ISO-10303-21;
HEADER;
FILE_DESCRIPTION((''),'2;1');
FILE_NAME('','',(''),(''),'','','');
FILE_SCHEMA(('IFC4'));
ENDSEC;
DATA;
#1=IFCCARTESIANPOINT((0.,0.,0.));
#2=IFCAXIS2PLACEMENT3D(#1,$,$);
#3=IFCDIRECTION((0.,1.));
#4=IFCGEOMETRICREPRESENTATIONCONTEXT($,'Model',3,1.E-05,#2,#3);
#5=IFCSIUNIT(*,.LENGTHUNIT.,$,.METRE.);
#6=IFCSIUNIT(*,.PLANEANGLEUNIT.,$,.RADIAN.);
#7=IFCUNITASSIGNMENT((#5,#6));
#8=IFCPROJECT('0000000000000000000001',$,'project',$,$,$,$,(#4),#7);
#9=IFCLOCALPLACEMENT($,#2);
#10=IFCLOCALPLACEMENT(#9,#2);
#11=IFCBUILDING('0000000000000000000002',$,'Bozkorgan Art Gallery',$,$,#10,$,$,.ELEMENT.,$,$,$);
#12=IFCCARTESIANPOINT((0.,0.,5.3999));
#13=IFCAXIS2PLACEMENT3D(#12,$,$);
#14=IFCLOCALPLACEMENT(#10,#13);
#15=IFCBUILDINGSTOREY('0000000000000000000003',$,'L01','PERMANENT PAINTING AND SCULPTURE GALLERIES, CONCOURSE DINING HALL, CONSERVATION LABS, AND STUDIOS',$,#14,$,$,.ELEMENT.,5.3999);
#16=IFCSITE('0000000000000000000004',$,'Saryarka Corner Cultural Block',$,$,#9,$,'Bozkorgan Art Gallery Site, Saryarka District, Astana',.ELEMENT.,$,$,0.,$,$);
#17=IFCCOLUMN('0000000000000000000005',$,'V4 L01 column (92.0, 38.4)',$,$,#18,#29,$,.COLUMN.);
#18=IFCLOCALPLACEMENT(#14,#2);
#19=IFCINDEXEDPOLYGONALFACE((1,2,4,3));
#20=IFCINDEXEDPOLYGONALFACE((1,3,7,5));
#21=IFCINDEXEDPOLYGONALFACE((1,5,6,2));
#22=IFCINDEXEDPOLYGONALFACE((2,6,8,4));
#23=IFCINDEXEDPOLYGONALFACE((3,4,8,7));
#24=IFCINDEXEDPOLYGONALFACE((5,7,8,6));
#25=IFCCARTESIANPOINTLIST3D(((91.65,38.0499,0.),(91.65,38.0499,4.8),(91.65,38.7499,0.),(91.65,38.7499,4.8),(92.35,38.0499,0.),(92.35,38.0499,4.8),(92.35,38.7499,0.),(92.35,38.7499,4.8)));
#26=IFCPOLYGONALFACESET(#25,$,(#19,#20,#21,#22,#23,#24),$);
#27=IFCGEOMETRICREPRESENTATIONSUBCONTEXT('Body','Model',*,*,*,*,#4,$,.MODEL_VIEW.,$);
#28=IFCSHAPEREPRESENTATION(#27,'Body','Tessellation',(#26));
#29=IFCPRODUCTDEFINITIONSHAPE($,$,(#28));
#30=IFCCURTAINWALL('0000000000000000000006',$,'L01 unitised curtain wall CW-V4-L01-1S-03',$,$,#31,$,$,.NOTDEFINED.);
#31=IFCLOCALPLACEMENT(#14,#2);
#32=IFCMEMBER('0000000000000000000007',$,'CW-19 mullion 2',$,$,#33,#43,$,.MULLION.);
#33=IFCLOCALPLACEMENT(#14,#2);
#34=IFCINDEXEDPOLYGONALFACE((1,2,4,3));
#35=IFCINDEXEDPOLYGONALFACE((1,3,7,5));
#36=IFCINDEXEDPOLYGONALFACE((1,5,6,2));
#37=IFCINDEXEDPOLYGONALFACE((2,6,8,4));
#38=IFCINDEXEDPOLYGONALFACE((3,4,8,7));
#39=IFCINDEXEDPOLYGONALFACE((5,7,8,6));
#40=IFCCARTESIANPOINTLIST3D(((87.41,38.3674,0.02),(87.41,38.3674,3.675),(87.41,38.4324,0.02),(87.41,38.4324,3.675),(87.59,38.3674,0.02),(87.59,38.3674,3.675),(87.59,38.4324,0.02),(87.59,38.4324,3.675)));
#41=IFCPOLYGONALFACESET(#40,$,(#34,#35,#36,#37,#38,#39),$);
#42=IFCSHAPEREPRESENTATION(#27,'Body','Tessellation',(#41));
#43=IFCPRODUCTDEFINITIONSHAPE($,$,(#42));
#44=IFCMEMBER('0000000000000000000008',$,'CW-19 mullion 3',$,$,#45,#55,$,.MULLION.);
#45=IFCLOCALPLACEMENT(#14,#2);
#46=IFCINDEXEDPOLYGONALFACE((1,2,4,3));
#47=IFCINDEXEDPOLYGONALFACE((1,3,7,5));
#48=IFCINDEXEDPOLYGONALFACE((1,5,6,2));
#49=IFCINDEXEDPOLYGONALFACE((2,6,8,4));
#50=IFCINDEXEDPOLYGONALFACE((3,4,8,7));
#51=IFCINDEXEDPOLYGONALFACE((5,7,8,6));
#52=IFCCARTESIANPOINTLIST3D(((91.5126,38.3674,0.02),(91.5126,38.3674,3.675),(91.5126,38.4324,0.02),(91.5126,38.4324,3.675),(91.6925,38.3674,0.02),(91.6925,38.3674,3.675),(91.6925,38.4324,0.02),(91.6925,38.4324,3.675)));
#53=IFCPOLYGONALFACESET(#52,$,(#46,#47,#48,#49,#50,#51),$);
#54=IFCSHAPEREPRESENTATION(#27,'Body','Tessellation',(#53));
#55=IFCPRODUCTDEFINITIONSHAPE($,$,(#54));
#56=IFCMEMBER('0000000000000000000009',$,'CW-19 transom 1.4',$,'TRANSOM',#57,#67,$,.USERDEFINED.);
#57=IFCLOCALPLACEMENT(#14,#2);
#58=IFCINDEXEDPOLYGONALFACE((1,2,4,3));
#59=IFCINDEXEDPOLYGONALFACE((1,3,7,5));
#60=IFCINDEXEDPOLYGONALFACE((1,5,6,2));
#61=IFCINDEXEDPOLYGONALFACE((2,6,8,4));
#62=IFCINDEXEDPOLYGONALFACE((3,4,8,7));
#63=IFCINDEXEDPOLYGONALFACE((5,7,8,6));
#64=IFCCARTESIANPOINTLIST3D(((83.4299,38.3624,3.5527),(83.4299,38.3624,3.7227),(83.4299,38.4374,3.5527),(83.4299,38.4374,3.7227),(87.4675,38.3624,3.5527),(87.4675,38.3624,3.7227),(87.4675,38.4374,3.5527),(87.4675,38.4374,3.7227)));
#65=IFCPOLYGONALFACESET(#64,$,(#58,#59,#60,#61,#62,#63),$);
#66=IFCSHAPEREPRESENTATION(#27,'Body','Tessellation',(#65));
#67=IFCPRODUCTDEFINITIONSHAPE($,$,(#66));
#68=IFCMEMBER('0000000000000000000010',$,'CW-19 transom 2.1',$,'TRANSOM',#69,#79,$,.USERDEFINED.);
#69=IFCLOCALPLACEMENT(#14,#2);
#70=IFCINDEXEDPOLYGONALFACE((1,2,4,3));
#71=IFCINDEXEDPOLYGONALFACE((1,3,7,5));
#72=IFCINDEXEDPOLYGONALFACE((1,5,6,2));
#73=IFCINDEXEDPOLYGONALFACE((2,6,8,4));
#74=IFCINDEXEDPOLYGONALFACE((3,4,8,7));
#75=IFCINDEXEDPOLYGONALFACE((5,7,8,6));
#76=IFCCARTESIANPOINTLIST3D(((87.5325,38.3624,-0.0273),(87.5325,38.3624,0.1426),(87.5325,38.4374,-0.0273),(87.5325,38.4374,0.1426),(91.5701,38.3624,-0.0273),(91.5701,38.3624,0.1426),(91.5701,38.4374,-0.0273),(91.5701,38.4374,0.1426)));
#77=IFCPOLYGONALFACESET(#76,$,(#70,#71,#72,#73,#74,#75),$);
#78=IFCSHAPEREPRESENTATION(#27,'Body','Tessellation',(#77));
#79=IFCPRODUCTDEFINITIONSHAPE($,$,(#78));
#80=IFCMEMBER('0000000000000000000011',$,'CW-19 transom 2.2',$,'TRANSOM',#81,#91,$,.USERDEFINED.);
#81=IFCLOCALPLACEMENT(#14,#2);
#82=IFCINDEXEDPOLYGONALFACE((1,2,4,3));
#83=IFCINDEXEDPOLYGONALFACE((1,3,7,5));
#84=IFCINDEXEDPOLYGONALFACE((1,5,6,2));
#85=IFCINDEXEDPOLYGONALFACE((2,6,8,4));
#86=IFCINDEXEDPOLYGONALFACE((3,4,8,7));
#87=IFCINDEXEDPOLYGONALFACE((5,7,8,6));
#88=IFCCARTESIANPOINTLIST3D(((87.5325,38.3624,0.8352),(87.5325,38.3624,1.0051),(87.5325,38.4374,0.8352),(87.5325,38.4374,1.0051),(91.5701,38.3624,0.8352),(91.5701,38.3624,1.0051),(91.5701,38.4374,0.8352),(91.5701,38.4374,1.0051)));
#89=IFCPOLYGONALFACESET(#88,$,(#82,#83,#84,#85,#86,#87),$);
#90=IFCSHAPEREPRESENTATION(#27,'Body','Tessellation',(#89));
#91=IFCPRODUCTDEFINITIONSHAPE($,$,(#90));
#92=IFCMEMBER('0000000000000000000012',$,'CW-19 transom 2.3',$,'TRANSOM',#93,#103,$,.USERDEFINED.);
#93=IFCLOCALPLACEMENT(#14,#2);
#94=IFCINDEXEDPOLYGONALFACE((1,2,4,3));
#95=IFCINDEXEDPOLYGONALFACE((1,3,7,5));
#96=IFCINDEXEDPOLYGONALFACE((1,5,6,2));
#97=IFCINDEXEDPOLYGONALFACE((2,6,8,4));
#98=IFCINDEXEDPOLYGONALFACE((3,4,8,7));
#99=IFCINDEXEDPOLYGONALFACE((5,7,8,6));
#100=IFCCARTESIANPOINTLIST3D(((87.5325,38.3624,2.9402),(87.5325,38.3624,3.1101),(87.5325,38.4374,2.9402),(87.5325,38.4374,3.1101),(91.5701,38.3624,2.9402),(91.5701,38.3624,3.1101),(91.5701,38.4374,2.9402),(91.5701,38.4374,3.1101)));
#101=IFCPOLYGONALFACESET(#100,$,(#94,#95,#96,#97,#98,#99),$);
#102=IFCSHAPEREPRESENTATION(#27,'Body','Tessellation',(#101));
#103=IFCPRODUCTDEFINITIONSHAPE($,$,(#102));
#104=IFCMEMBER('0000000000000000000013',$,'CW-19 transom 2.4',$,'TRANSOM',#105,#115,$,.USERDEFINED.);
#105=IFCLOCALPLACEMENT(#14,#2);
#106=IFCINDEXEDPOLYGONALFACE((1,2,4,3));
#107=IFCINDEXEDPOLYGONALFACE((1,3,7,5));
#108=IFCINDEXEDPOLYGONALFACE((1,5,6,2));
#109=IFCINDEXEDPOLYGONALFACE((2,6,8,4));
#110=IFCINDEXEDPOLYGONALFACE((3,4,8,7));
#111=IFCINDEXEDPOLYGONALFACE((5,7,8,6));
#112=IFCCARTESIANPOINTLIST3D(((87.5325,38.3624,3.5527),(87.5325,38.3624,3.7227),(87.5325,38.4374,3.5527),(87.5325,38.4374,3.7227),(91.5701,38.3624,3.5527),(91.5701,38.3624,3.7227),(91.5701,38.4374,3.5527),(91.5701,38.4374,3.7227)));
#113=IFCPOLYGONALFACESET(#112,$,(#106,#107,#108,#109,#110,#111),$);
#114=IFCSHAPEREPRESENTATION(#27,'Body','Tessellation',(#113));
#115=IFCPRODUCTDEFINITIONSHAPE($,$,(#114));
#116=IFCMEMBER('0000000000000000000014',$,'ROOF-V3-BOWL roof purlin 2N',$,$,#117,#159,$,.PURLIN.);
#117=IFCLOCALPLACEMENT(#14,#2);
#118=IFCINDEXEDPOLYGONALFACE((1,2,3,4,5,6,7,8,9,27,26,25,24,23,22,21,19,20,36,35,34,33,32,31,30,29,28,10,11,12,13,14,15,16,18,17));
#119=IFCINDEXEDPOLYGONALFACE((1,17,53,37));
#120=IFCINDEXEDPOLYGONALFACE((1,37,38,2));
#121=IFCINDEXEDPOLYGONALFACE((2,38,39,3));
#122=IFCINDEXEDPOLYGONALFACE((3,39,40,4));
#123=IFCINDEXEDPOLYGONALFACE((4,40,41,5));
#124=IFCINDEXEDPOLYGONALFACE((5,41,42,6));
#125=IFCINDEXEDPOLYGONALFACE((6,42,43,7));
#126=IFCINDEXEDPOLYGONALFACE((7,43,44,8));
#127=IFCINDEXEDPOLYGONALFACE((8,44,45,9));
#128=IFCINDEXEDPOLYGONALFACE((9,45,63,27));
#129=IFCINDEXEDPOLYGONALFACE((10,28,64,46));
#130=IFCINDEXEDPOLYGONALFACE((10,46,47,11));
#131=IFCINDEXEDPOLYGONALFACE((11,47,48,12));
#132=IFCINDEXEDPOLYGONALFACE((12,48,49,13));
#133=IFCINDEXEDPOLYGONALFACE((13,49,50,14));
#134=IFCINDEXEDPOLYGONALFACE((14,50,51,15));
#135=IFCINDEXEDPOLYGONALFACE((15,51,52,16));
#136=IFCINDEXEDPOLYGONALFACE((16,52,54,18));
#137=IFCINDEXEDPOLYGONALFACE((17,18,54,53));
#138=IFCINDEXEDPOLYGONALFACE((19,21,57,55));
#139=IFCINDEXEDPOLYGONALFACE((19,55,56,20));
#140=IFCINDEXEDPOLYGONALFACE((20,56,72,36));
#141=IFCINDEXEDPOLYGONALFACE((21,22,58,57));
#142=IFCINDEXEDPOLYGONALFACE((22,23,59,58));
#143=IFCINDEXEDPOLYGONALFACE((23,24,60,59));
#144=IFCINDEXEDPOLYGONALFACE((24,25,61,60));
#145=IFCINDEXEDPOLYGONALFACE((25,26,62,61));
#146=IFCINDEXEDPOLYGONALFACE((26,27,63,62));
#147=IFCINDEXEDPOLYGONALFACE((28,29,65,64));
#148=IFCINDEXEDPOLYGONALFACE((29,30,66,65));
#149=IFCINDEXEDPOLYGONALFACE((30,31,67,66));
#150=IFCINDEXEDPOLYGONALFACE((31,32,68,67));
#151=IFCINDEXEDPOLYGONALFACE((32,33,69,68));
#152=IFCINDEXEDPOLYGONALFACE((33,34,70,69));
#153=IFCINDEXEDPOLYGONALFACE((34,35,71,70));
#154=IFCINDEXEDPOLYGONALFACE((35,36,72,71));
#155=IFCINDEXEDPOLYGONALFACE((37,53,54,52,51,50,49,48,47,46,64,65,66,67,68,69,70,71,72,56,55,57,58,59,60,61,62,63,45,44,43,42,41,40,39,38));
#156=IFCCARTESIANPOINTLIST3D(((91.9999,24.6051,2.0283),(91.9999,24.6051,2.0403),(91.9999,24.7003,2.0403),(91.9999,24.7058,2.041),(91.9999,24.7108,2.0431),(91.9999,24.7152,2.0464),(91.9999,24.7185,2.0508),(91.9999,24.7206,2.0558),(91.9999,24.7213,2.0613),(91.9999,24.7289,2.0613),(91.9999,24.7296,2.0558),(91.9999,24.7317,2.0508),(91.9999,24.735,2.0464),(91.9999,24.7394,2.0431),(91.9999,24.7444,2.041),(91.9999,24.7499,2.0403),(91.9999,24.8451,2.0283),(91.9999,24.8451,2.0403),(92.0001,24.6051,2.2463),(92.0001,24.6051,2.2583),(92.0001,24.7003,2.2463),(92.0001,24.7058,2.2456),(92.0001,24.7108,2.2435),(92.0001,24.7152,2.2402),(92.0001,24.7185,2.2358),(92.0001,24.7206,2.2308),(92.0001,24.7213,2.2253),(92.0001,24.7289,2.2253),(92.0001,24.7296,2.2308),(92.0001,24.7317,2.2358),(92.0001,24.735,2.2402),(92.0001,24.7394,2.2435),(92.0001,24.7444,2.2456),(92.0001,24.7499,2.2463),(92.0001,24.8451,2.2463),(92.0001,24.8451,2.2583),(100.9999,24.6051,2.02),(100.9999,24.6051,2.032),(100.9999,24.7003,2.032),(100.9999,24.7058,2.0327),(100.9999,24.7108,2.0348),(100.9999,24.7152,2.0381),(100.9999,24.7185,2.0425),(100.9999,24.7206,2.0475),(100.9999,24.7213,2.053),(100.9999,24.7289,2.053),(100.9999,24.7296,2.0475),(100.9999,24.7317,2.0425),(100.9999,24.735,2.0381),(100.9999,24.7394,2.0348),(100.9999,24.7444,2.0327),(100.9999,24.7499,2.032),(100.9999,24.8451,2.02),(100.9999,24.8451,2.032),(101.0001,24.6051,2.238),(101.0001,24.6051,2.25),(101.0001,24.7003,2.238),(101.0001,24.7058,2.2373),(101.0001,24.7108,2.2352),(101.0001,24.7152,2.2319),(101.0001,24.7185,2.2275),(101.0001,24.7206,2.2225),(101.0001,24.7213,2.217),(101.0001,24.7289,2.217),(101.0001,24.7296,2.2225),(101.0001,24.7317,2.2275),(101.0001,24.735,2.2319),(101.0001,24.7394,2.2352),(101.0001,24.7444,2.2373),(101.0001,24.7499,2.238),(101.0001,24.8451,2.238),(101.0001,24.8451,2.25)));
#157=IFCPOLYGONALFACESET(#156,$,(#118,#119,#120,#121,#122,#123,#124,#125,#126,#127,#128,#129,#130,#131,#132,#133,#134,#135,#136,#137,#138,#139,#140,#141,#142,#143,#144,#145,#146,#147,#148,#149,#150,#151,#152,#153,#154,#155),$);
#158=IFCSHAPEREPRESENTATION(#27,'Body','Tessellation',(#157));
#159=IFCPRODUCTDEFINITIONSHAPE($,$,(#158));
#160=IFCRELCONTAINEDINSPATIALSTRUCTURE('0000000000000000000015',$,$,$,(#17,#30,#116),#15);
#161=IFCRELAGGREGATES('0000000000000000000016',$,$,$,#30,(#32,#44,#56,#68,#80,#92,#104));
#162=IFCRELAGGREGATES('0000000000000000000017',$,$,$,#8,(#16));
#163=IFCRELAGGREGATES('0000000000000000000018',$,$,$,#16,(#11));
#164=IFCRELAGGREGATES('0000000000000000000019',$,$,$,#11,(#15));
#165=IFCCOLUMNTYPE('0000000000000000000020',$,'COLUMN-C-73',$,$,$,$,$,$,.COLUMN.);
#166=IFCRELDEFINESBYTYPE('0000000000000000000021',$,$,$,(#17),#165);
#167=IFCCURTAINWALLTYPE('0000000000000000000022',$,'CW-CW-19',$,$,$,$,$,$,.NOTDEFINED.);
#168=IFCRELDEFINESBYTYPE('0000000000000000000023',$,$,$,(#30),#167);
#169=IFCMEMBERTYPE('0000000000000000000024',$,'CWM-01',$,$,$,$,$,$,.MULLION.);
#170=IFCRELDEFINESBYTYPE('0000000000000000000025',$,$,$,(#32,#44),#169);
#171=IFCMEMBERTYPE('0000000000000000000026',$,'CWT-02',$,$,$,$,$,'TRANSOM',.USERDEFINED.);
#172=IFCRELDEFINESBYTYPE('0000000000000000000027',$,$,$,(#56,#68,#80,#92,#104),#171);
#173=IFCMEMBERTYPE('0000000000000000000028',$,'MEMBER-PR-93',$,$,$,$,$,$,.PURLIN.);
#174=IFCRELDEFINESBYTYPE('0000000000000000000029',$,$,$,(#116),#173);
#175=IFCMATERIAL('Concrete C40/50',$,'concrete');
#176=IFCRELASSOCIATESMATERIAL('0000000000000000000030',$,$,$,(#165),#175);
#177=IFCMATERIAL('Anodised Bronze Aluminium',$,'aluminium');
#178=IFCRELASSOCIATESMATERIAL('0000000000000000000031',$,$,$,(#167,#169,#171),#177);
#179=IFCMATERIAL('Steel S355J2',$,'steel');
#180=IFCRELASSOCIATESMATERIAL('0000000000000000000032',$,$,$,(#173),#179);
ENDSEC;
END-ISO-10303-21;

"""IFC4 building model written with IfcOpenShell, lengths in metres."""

from ifc_helpers import new_model, si_unit, direction, frame, origin, origin_2d, place, context, subcontext, project, spatial, rectangle, i_section, extrude, material, material_profile, profile_set, type_object, element, aggregate, save


model = new_model("IFC4")

# Units and contexts
model_context = context("Model", 3, precision=1e-05, world=origin(), true_north=direction((0.0, 1.0)))
body_context = subcontext(model_context, "Body", "Model", "MODEL_VIEW")
ifc_project = project(units=[si_unit("LENGTHUNIT", "METRE"), si_unit("PLANEANGLEUNIT", "RADIAN")], contexts=[model_context])

# Site, building, storey
site_placement = place(None, origin())
site = spatial("IfcSite", under=ifc_project, at=site_placement, Name="Saryarka Corner Cultural Block", LongName="Bozkorgan Art Gallery Site, Saryarka District, Astana", CompositionType="ELEMENT", RefElevation=0.0)
building_placement = place(site_placement, origin())
building = spatial("IfcBuilding", under=site, at=building_placement, Name="Bozkorgan Art Gallery", CompositionType="ELEMENT")
storey_placement = place(building_placement, frame((0.0, 0.0, 5.3999)))
storey = spatial("IfcBuildingStorey", under=building, at=storey_placement, Name="L01", Description="PERMANENT PAINTING AND SCULPTURE GALLERIES, CONCOURSE DINING HALL, CONSERVATION LABS, AND STUDIOS", CompositionType="ELEMENT", Elevation=5.3999)

# Column
ifc_material_1 = material(Name="Concrete C40/50", Category="concrete")
ifc_material_profile_1 = material_profile(ifc_material_1, rectangle(XDim=0.7, YDim=0.7, at=origin_2d()), Name="RC 700x700")
ifc_profile_set_1 = profile_set([ifc_material_profile_1], Name="Concrete C40/50")
column_type = type_object("IfcColumnType", Name="COLUMN-C-73", PredefinedType="COLUMN", material=ifc_profile_set_1)
column_placement = place(storey_placement, frame((92.0, 38.3999, 0.0), z_axis=(0.0, 0.0, 1.0), x_axis=(1.0, 0.0, 0.0)))
element("IfcColumn", 1, at=column_placement, inside=storey, type_object=column_type, Name="V4 L01 column (92.0, 38.4)", PredefinedType="COLUMN", context=body_context, shape_type="SweptSolid", body=[
    extrude(rectangle(XDim=0.7, YDim=0.7, at=origin_2d()), origin(), (0.0, 0.0, 1.0), 4.8),
])

# Curtain wall, members
ifc_material_2 = material(Name="Anodised Bronze Aluminium", Category="aluminium")
curtain_wall_type = type_object("IfcCurtainWallType", Name="CW-CW-19", PredefinedType="NOTDEFINED", material=ifc_material_2)
curtain_wall_placement = place(storey_placement, origin())
curtain_wall = element("IfcCurtainWall", 2, at=curtain_wall_placement, inside=storey, type_object=curtain_wall_type, Name="L01 unitised curtain wall CW-V4-L01-1S-03", PredefinedType="NOTDEFINED")
ifc_material_profile_2 = material_profile(ifc_material_2, rectangle(XDim=0.0649, YDim=0.1799, at=origin_2d()), Name="ALU MULLION 65x180")
ifc_profile_set_2 = profile_set([ifc_material_profile_2], Name="Anodised Bronze Aluminium")
member_type_1 = type_object("IfcMemberType", Name="CWM-01", PredefinedType="MULLION", material=ifc_profile_set_2)
member_1_placement = place(storey_placement, frame((87.5, 38.3999, 0.02), z_axis=(0.0, 0.0, 1.0), x_axis=(0.0, 1.0, 0.0)))
member_1 = element("IfcMember", 3, at=member_1_placement, type_object=member_type_1, Name="CW-19 mullion 2", PredefinedType="MULLION", context=body_context, shape_type="SweptSolid", body=[
    extrude(rectangle(XDim=0.0649, YDim=0.1799, at=origin_2d()), origin(), (0.0, 0.0, 1.0), 3.655),
])
member_2_placement = place(storey_placement, frame((91.6025, 38.3999, 0.02), z_axis=(0.0, 0.0, 1.0), x_axis=(0.0, 1.0, 0.0)))
member_2 = element("IfcMember", 4, at=member_2_placement, type_object=member_type_1, Name="CW-19 mullion 3", PredefinedType="MULLION", context=body_context, shape_type="SweptSolid", body=[
    extrude(rectangle(XDim=0.0649, YDim=0.1799, at=origin_2d()), origin(), (0.0, 0.0, 1.0), 3.655),
])
ifc_material_profile_3 = material_profile(ifc_material_2, rectangle(XDim=0.075, YDim=0.1699, at=origin_2d()), Name="ALU TRANSOM 75x170")
ifc_profile_set_3 = profile_set([ifc_material_profile_3], Name="Anodised Bronze Aluminium")
member_type_2 = type_object("IfcMemberType", Name="CWT-02", ElementType="TRANSOM", PredefinedType="USERDEFINED", material=ifc_profile_set_3)
member_3_placement = place(storey_placement, frame((83.4299, 38.3999, 3.6377), z_axis=(1.0, 0.0, 0.0), x_axis=(0.0, 1.0, 0.0)))
member_3 = element("IfcMember", 5, at=member_3_placement, type_object=member_type_2, Name="CW-19 transom 1.4", ObjectType="TRANSOM", PredefinedType="USERDEFINED", context=body_context, shape_type="SweptSolid", body=[
    extrude(rectangle(XDim=0.075, YDim=0.1699, at=origin_2d()), origin(), (0.0, 0.0, 1.0), 4.0376),
])
member_4_placement = place(storey_placement, frame((87.5325, 38.3999, 0.0576), z_axis=(1.0, 0.0, 0.0), x_axis=(0.0, 1.0, 0.0)))
member_4 = element("IfcMember", 6, at=member_4_placement, type_object=member_type_2, Name="CW-19 transom 2.1", ObjectType="TRANSOM", PredefinedType="USERDEFINED", context=body_context, shape_type="SweptSolid", body=[
    extrude(rectangle(XDim=0.075, YDim=0.1699, at=origin_2d()), origin(), (0.0, 0.0, 1.0), 4.0376),
])
member_5_placement = place(storey_placement, frame((87.5325, 38.3999, 0.9202), z_axis=(1.0, 0.0, 0.0), x_axis=(0.0, 1.0, 0.0)))
member_5 = element("IfcMember", 7, at=member_5_placement, type_object=member_type_2, Name="CW-19 transom 2.2", ObjectType="TRANSOM", PredefinedType="USERDEFINED", context=body_context, shape_type="SweptSolid", body=[
    extrude(rectangle(XDim=0.075, YDim=0.1699, at=origin_2d()), origin(), (0.0, 0.0, 1.0), 4.0376),
])
member_6_placement = place(storey_placement, frame((87.5325, 38.3999, 3.0251), z_axis=(1.0, 0.0, 0.0), x_axis=(0.0, 1.0, 0.0)))
member_6 = element("IfcMember", 8, at=member_6_placement, type_object=member_type_2, Name="CW-19 transom 2.3", ObjectType="TRANSOM", PredefinedType="USERDEFINED", context=body_context, shape_type="SweptSolid", body=[
    extrude(rectangle(XDim=0.075, YDim=0.1699, at=origin_2d()), origin(), (0.0, 0.0, 1.0), 4.0376),
])
member_7_placement = place(storey_placement, frame((87.5325, 38.3999, 3.6377), z_axis=(1.0, 0.0, 0.0), x_axis=(0.0, 1.0, 0.0)))
member_7 = element("IfcMember", 9, at=member_7_placement, type_object=member_type_2, Name="CW-19 transom 2.4", ObjectType="TRANSOM", PredefinedType="USERDEFINED", context=body_context, shape_type="SweptSolid", body=[
    extrude(rectangle(XDim=0.075, YDim=0.1699, at=origin_2d()), origin(), (0.0, 0.0, 1.0), 4.0376),
])

# Member
ifc_material_3 = material(Name="Steel S355J2", Category="steel")
ifc_material_profile_4 = material_profile(ifc_material_3, i_section(OverallWidth=0.24, OverallDepth=0.23, WebThickness=0.0076, FlangeThickness=0.012, FilletRadius=0.021, at=origin_2d()), Name="HEA 240")
ifc_profile_set_4 = profile_set([ifc_material_profile_4], Name="Steel S355J2")
member_type_3 = type_object("IfcMemberType", Name="MEMBER-PR-93", PredefinedType="PURLIN", material=ifc_profile_set_4)
for number, where, z_axis, x_axis, name in (
    (10, (92.0, 24.7251, 2.1433), (1.0, 0.0, -0.000922), (0.0, 1.0, 0.0), "ROOF-V3-BOWL roof purlin 2N"),
):
    element("IfcMember", number, at=place(storey_placement, frame(where, z_axis=z_axis, x_axis=x_axis)), inside=storey, type_object=member_type_3, Name=name, PredefinedType="PURLIN", context=body_context, shape_type="SweptSolid", body=[
        extrude(i_section(OverallWidth=0.24, OverallDepth=0.23, WebThickness=0.0076, FlangeThickness=0.012, FilletRadius=0.021, at=origin_2d()), origin(), (0.0, 0.0, 1.0), 9.0),
    ])

aggregate(curtain_wall, [member_1, member_2, member_3, member_4, member_5, member_6, member_7])

save(model, "model.ifc")
